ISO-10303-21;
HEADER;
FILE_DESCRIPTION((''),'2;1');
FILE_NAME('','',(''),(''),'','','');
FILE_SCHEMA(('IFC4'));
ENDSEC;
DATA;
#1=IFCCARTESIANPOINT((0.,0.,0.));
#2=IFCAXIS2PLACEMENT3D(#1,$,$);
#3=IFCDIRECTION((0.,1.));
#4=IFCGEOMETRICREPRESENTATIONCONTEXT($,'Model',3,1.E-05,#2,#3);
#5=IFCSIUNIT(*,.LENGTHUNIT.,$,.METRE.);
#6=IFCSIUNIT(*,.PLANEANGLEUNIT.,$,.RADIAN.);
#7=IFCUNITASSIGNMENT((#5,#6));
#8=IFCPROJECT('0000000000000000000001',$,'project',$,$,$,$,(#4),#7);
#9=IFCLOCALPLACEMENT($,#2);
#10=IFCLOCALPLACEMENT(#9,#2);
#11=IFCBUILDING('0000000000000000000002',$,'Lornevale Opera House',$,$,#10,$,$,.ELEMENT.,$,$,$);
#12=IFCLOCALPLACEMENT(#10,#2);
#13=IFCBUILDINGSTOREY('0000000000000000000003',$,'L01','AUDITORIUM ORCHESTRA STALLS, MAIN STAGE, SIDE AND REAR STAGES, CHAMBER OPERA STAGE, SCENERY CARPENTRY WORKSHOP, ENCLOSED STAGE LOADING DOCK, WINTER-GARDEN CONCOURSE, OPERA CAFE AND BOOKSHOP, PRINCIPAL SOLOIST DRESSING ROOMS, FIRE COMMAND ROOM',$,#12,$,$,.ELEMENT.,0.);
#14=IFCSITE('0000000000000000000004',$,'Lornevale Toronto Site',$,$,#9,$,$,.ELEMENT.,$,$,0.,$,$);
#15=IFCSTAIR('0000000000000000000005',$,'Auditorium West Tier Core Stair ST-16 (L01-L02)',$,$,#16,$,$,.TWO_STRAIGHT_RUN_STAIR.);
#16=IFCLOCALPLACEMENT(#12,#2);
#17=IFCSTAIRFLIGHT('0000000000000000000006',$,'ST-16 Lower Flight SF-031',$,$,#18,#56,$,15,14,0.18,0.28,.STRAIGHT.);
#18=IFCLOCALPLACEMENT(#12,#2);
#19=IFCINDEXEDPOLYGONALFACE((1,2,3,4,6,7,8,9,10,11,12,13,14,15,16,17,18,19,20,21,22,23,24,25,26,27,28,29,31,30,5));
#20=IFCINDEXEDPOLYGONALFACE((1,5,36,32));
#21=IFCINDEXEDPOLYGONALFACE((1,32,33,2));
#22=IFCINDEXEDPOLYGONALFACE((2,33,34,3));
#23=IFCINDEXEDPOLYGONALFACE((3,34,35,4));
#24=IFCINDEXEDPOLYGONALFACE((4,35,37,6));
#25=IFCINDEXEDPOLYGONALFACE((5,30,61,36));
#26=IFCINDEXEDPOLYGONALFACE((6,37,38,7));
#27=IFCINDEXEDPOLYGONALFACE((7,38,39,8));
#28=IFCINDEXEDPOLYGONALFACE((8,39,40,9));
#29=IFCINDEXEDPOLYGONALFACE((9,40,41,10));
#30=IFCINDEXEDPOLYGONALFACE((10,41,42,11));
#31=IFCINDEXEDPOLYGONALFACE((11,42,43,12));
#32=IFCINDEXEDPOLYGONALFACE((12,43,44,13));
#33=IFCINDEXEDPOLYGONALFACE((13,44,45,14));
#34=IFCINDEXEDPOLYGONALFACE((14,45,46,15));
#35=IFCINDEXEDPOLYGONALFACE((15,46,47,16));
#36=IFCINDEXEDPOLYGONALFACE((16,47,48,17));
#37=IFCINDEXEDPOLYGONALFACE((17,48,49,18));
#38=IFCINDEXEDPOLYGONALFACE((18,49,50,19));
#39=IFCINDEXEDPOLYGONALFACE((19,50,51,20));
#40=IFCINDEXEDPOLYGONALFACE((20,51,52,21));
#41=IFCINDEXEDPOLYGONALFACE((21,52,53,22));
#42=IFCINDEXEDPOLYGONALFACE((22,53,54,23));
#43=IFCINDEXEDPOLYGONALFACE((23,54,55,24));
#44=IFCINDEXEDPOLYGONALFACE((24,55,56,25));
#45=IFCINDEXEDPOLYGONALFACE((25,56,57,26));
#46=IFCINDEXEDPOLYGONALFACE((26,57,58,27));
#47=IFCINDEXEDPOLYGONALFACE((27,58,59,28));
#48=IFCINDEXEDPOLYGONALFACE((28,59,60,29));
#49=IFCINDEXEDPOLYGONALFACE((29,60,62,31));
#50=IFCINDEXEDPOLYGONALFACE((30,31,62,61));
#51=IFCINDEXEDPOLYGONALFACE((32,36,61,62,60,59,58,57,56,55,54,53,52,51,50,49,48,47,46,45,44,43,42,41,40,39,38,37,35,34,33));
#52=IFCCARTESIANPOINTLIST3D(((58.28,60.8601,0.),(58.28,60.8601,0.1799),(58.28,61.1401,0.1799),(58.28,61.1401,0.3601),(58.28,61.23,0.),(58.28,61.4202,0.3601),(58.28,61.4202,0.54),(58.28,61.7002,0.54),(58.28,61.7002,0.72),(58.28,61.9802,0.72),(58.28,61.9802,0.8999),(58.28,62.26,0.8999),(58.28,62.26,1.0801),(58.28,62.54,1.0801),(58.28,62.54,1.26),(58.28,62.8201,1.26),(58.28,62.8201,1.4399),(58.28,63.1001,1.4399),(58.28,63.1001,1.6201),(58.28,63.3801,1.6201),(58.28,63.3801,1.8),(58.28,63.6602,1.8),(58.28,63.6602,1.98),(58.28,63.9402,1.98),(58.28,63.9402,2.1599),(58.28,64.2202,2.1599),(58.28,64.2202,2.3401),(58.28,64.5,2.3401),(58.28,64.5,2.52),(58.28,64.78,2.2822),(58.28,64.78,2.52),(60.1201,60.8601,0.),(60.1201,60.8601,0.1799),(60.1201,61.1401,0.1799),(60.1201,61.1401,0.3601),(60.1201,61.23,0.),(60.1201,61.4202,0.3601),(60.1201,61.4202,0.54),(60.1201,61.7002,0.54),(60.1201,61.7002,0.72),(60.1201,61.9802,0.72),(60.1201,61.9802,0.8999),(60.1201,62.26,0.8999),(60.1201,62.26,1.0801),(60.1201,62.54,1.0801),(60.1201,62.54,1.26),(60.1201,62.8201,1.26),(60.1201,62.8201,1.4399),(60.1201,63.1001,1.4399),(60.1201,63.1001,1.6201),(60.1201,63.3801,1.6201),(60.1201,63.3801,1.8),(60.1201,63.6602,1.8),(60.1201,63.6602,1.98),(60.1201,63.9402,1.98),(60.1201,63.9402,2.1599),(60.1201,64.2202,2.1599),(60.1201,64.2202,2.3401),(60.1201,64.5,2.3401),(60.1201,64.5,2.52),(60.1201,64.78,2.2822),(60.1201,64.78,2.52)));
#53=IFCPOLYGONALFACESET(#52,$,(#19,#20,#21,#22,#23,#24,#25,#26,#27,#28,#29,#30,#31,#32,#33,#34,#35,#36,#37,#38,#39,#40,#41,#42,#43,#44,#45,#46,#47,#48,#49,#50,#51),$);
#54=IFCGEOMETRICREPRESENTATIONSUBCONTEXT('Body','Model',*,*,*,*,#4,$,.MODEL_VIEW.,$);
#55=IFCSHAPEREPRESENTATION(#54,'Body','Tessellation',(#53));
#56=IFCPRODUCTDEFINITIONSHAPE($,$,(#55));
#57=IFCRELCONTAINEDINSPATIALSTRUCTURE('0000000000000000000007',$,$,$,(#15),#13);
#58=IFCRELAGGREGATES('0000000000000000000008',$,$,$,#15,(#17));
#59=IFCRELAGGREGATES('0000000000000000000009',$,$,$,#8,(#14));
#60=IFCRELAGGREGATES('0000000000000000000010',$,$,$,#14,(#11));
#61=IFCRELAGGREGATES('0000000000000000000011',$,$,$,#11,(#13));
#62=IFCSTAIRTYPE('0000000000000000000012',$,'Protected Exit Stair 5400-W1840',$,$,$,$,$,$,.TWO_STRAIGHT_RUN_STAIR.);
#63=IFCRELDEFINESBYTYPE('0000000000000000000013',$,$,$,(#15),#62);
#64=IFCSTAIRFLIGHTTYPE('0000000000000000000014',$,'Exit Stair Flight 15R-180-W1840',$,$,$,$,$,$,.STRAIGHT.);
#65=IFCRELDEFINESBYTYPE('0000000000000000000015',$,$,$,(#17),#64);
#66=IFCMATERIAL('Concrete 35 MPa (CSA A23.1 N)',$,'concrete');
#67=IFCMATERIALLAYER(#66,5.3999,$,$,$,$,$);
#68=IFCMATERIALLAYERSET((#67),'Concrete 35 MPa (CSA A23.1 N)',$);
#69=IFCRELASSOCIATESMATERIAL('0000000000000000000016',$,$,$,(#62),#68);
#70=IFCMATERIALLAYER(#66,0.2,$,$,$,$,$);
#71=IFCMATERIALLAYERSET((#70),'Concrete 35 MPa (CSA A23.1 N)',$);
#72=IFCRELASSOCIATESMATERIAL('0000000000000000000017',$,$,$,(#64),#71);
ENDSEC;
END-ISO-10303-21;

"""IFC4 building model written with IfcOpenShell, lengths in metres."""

from ifc_helpers import new_model, si_unit, direction, frame, origin, place, context, subcontext, project, spatial, polyline, outline, extrude, material, layer, layer_set, type_object, element, aggregate, save


model = new_model("IFC4")

# Units and contexts
model_context = context("Model", 3, precision=1e-05, world=origin(), true_north=direction((0.0, 1.0)))
body_context = subcontext(model_context, "Body", "Model", "MODEL_VIEW")
ifc_project = project(units=[si_unit("LENGTHUNIT", "METRE"), si_unit("PLANEANGLEUNIT", "RADIAN")], contexts=[model_context])

# Site, building, storey
site_placement = place(None, origin())
site = spatial("IfcSite", under=ifc_project, at=site_placement, Name="Lornevale Toronto Site", CompositionType="ELEMENT", RefElevation=0.0)
building_placement = place(site_placement, origin())
building = spatial("IfcBuilding", under=site, at=building_placement, Name="Lornevale Opera House", CompositionType="ELEMENT")
storey_placement = place(building_placement, origin())
storey = spatial("IfcBuildingStorey", under=building, at=storey_placement, Name="L01", Description="AUDITORIUM ORCHESTRA STALLS, MAIN STAGE, SIDE AND REAR STAGES, CHAMBER OPERA STAGE, SCENERY CARPENTRY WORKSHOP, ENCLOSED STAGE LOADING DOCK, WINTER-GARDEN CONCOURSE, OPERA CAFE AND BOOKSHOP, PRINCIPAL SOLOIST DRESSING ROOMS, FIRE COMMAND ROOM", CompositionType="ELEMENT", Elevation=0.0)

# Shared definitions
ifc_material_1 = material(Name="Concrete 35 MPa (CSA A23.1 N)", Category="concrete")

# Stair, stair flight
ifc_layer_1 = layer(ifc_material_1, 5.3999)
ifc_layer_set_1 = layer_set([ifc_layer_1], Name="Concrete 35 MPa (CSA A23.1 N)")
stair_type = type_object("IfcStairType", Name="Protected Exit Stair 5400-W1840", PredefinedType="TWO_STRAIGHT_RUN_STAIR", material=ifc_layer_set_1)
stair_placement = place(storey_placement, origin())
stair = element("IfcStair", 1, at=stair_placement, inside=storey, type_object=stair_type, Name="Auditorium West Tier Core Stair ST-16 (L01-L02)", PredefinedType="TWO_STRAIGHT_RUN_STAIR")
ifc_layer_2 = layer(ifc_material_1, 0.2)
ifc_layer_set_2 = layer_set([ifc_layer_2], Name="Concrete 35 MPa (CSA A23.1 N)")
stair_flight_type = type_object("IfcStairFlightType", Name="Exit Stair Flight 15R-180-W1840", PredefinedType="STRAIGHT", material=ifc_layer_set_2)
stair_flight_placement = place(storey_placement, frame((59.2, 60.8601, 0.0), z_axis=(0.0, 0.0, 1.0), x_axis=(0.0, 1.0, 0.0)))
stair_flight = element("IfcStairFlight", 2, at=stair_flight_placement, type_object=stair_flight_type, Name="ST-16 Lower Flight SF-031", NumberOfRisers=15, NumberOfTreads=14, PredefinedType="STRAIGHT", RiserHeight=0.18, TreadLength=0.28, context=body_context, shape_type="SweptSolid", body=[
    extrude(outline(polyline([(0.0, 0.0), (0.0, 0.1799), (0.28, 0.1799), (0.28, 0.3601), (0.5601, 0.3601), (0.5601, 0.54), (0.8401, 0.54), (0.8401, 0.72), (1.1201, 0.72), (1.1201, 0.8999), (1.3999, 0.8999), (1.3999, 1.0801), (1.6799, 1.0801), (1.6799, 1.26), (1.96, 1.26), (1.96, 1.4399), (2.24, 1.4399), (2.24, 1.6201), (2.52, 1.6201), (2.52, 1.8), (2.8, 1.8), (2.8, 1.98), (3.0801, 1.98), (3.0801, 2.1599), (3.3601, 2.1599), (3.3601, 2.3401), (3.6399, 2.3401), (3.6399, 2.52), (3.9199, 2.52), (3.9199, 2.2822), (0.3699, 0.0), (0.0, 0.0)])), frame((0.0, 0.9199, 0.0), z_axis=(0.0, -1.0, 0.0), x_axis=(1.0, 0.0, 0.0)), (0.0, 0.0, 1.0), 1.8401),
])
aggregate(stair, [stair_flight])

save(model, "model.ifc")
